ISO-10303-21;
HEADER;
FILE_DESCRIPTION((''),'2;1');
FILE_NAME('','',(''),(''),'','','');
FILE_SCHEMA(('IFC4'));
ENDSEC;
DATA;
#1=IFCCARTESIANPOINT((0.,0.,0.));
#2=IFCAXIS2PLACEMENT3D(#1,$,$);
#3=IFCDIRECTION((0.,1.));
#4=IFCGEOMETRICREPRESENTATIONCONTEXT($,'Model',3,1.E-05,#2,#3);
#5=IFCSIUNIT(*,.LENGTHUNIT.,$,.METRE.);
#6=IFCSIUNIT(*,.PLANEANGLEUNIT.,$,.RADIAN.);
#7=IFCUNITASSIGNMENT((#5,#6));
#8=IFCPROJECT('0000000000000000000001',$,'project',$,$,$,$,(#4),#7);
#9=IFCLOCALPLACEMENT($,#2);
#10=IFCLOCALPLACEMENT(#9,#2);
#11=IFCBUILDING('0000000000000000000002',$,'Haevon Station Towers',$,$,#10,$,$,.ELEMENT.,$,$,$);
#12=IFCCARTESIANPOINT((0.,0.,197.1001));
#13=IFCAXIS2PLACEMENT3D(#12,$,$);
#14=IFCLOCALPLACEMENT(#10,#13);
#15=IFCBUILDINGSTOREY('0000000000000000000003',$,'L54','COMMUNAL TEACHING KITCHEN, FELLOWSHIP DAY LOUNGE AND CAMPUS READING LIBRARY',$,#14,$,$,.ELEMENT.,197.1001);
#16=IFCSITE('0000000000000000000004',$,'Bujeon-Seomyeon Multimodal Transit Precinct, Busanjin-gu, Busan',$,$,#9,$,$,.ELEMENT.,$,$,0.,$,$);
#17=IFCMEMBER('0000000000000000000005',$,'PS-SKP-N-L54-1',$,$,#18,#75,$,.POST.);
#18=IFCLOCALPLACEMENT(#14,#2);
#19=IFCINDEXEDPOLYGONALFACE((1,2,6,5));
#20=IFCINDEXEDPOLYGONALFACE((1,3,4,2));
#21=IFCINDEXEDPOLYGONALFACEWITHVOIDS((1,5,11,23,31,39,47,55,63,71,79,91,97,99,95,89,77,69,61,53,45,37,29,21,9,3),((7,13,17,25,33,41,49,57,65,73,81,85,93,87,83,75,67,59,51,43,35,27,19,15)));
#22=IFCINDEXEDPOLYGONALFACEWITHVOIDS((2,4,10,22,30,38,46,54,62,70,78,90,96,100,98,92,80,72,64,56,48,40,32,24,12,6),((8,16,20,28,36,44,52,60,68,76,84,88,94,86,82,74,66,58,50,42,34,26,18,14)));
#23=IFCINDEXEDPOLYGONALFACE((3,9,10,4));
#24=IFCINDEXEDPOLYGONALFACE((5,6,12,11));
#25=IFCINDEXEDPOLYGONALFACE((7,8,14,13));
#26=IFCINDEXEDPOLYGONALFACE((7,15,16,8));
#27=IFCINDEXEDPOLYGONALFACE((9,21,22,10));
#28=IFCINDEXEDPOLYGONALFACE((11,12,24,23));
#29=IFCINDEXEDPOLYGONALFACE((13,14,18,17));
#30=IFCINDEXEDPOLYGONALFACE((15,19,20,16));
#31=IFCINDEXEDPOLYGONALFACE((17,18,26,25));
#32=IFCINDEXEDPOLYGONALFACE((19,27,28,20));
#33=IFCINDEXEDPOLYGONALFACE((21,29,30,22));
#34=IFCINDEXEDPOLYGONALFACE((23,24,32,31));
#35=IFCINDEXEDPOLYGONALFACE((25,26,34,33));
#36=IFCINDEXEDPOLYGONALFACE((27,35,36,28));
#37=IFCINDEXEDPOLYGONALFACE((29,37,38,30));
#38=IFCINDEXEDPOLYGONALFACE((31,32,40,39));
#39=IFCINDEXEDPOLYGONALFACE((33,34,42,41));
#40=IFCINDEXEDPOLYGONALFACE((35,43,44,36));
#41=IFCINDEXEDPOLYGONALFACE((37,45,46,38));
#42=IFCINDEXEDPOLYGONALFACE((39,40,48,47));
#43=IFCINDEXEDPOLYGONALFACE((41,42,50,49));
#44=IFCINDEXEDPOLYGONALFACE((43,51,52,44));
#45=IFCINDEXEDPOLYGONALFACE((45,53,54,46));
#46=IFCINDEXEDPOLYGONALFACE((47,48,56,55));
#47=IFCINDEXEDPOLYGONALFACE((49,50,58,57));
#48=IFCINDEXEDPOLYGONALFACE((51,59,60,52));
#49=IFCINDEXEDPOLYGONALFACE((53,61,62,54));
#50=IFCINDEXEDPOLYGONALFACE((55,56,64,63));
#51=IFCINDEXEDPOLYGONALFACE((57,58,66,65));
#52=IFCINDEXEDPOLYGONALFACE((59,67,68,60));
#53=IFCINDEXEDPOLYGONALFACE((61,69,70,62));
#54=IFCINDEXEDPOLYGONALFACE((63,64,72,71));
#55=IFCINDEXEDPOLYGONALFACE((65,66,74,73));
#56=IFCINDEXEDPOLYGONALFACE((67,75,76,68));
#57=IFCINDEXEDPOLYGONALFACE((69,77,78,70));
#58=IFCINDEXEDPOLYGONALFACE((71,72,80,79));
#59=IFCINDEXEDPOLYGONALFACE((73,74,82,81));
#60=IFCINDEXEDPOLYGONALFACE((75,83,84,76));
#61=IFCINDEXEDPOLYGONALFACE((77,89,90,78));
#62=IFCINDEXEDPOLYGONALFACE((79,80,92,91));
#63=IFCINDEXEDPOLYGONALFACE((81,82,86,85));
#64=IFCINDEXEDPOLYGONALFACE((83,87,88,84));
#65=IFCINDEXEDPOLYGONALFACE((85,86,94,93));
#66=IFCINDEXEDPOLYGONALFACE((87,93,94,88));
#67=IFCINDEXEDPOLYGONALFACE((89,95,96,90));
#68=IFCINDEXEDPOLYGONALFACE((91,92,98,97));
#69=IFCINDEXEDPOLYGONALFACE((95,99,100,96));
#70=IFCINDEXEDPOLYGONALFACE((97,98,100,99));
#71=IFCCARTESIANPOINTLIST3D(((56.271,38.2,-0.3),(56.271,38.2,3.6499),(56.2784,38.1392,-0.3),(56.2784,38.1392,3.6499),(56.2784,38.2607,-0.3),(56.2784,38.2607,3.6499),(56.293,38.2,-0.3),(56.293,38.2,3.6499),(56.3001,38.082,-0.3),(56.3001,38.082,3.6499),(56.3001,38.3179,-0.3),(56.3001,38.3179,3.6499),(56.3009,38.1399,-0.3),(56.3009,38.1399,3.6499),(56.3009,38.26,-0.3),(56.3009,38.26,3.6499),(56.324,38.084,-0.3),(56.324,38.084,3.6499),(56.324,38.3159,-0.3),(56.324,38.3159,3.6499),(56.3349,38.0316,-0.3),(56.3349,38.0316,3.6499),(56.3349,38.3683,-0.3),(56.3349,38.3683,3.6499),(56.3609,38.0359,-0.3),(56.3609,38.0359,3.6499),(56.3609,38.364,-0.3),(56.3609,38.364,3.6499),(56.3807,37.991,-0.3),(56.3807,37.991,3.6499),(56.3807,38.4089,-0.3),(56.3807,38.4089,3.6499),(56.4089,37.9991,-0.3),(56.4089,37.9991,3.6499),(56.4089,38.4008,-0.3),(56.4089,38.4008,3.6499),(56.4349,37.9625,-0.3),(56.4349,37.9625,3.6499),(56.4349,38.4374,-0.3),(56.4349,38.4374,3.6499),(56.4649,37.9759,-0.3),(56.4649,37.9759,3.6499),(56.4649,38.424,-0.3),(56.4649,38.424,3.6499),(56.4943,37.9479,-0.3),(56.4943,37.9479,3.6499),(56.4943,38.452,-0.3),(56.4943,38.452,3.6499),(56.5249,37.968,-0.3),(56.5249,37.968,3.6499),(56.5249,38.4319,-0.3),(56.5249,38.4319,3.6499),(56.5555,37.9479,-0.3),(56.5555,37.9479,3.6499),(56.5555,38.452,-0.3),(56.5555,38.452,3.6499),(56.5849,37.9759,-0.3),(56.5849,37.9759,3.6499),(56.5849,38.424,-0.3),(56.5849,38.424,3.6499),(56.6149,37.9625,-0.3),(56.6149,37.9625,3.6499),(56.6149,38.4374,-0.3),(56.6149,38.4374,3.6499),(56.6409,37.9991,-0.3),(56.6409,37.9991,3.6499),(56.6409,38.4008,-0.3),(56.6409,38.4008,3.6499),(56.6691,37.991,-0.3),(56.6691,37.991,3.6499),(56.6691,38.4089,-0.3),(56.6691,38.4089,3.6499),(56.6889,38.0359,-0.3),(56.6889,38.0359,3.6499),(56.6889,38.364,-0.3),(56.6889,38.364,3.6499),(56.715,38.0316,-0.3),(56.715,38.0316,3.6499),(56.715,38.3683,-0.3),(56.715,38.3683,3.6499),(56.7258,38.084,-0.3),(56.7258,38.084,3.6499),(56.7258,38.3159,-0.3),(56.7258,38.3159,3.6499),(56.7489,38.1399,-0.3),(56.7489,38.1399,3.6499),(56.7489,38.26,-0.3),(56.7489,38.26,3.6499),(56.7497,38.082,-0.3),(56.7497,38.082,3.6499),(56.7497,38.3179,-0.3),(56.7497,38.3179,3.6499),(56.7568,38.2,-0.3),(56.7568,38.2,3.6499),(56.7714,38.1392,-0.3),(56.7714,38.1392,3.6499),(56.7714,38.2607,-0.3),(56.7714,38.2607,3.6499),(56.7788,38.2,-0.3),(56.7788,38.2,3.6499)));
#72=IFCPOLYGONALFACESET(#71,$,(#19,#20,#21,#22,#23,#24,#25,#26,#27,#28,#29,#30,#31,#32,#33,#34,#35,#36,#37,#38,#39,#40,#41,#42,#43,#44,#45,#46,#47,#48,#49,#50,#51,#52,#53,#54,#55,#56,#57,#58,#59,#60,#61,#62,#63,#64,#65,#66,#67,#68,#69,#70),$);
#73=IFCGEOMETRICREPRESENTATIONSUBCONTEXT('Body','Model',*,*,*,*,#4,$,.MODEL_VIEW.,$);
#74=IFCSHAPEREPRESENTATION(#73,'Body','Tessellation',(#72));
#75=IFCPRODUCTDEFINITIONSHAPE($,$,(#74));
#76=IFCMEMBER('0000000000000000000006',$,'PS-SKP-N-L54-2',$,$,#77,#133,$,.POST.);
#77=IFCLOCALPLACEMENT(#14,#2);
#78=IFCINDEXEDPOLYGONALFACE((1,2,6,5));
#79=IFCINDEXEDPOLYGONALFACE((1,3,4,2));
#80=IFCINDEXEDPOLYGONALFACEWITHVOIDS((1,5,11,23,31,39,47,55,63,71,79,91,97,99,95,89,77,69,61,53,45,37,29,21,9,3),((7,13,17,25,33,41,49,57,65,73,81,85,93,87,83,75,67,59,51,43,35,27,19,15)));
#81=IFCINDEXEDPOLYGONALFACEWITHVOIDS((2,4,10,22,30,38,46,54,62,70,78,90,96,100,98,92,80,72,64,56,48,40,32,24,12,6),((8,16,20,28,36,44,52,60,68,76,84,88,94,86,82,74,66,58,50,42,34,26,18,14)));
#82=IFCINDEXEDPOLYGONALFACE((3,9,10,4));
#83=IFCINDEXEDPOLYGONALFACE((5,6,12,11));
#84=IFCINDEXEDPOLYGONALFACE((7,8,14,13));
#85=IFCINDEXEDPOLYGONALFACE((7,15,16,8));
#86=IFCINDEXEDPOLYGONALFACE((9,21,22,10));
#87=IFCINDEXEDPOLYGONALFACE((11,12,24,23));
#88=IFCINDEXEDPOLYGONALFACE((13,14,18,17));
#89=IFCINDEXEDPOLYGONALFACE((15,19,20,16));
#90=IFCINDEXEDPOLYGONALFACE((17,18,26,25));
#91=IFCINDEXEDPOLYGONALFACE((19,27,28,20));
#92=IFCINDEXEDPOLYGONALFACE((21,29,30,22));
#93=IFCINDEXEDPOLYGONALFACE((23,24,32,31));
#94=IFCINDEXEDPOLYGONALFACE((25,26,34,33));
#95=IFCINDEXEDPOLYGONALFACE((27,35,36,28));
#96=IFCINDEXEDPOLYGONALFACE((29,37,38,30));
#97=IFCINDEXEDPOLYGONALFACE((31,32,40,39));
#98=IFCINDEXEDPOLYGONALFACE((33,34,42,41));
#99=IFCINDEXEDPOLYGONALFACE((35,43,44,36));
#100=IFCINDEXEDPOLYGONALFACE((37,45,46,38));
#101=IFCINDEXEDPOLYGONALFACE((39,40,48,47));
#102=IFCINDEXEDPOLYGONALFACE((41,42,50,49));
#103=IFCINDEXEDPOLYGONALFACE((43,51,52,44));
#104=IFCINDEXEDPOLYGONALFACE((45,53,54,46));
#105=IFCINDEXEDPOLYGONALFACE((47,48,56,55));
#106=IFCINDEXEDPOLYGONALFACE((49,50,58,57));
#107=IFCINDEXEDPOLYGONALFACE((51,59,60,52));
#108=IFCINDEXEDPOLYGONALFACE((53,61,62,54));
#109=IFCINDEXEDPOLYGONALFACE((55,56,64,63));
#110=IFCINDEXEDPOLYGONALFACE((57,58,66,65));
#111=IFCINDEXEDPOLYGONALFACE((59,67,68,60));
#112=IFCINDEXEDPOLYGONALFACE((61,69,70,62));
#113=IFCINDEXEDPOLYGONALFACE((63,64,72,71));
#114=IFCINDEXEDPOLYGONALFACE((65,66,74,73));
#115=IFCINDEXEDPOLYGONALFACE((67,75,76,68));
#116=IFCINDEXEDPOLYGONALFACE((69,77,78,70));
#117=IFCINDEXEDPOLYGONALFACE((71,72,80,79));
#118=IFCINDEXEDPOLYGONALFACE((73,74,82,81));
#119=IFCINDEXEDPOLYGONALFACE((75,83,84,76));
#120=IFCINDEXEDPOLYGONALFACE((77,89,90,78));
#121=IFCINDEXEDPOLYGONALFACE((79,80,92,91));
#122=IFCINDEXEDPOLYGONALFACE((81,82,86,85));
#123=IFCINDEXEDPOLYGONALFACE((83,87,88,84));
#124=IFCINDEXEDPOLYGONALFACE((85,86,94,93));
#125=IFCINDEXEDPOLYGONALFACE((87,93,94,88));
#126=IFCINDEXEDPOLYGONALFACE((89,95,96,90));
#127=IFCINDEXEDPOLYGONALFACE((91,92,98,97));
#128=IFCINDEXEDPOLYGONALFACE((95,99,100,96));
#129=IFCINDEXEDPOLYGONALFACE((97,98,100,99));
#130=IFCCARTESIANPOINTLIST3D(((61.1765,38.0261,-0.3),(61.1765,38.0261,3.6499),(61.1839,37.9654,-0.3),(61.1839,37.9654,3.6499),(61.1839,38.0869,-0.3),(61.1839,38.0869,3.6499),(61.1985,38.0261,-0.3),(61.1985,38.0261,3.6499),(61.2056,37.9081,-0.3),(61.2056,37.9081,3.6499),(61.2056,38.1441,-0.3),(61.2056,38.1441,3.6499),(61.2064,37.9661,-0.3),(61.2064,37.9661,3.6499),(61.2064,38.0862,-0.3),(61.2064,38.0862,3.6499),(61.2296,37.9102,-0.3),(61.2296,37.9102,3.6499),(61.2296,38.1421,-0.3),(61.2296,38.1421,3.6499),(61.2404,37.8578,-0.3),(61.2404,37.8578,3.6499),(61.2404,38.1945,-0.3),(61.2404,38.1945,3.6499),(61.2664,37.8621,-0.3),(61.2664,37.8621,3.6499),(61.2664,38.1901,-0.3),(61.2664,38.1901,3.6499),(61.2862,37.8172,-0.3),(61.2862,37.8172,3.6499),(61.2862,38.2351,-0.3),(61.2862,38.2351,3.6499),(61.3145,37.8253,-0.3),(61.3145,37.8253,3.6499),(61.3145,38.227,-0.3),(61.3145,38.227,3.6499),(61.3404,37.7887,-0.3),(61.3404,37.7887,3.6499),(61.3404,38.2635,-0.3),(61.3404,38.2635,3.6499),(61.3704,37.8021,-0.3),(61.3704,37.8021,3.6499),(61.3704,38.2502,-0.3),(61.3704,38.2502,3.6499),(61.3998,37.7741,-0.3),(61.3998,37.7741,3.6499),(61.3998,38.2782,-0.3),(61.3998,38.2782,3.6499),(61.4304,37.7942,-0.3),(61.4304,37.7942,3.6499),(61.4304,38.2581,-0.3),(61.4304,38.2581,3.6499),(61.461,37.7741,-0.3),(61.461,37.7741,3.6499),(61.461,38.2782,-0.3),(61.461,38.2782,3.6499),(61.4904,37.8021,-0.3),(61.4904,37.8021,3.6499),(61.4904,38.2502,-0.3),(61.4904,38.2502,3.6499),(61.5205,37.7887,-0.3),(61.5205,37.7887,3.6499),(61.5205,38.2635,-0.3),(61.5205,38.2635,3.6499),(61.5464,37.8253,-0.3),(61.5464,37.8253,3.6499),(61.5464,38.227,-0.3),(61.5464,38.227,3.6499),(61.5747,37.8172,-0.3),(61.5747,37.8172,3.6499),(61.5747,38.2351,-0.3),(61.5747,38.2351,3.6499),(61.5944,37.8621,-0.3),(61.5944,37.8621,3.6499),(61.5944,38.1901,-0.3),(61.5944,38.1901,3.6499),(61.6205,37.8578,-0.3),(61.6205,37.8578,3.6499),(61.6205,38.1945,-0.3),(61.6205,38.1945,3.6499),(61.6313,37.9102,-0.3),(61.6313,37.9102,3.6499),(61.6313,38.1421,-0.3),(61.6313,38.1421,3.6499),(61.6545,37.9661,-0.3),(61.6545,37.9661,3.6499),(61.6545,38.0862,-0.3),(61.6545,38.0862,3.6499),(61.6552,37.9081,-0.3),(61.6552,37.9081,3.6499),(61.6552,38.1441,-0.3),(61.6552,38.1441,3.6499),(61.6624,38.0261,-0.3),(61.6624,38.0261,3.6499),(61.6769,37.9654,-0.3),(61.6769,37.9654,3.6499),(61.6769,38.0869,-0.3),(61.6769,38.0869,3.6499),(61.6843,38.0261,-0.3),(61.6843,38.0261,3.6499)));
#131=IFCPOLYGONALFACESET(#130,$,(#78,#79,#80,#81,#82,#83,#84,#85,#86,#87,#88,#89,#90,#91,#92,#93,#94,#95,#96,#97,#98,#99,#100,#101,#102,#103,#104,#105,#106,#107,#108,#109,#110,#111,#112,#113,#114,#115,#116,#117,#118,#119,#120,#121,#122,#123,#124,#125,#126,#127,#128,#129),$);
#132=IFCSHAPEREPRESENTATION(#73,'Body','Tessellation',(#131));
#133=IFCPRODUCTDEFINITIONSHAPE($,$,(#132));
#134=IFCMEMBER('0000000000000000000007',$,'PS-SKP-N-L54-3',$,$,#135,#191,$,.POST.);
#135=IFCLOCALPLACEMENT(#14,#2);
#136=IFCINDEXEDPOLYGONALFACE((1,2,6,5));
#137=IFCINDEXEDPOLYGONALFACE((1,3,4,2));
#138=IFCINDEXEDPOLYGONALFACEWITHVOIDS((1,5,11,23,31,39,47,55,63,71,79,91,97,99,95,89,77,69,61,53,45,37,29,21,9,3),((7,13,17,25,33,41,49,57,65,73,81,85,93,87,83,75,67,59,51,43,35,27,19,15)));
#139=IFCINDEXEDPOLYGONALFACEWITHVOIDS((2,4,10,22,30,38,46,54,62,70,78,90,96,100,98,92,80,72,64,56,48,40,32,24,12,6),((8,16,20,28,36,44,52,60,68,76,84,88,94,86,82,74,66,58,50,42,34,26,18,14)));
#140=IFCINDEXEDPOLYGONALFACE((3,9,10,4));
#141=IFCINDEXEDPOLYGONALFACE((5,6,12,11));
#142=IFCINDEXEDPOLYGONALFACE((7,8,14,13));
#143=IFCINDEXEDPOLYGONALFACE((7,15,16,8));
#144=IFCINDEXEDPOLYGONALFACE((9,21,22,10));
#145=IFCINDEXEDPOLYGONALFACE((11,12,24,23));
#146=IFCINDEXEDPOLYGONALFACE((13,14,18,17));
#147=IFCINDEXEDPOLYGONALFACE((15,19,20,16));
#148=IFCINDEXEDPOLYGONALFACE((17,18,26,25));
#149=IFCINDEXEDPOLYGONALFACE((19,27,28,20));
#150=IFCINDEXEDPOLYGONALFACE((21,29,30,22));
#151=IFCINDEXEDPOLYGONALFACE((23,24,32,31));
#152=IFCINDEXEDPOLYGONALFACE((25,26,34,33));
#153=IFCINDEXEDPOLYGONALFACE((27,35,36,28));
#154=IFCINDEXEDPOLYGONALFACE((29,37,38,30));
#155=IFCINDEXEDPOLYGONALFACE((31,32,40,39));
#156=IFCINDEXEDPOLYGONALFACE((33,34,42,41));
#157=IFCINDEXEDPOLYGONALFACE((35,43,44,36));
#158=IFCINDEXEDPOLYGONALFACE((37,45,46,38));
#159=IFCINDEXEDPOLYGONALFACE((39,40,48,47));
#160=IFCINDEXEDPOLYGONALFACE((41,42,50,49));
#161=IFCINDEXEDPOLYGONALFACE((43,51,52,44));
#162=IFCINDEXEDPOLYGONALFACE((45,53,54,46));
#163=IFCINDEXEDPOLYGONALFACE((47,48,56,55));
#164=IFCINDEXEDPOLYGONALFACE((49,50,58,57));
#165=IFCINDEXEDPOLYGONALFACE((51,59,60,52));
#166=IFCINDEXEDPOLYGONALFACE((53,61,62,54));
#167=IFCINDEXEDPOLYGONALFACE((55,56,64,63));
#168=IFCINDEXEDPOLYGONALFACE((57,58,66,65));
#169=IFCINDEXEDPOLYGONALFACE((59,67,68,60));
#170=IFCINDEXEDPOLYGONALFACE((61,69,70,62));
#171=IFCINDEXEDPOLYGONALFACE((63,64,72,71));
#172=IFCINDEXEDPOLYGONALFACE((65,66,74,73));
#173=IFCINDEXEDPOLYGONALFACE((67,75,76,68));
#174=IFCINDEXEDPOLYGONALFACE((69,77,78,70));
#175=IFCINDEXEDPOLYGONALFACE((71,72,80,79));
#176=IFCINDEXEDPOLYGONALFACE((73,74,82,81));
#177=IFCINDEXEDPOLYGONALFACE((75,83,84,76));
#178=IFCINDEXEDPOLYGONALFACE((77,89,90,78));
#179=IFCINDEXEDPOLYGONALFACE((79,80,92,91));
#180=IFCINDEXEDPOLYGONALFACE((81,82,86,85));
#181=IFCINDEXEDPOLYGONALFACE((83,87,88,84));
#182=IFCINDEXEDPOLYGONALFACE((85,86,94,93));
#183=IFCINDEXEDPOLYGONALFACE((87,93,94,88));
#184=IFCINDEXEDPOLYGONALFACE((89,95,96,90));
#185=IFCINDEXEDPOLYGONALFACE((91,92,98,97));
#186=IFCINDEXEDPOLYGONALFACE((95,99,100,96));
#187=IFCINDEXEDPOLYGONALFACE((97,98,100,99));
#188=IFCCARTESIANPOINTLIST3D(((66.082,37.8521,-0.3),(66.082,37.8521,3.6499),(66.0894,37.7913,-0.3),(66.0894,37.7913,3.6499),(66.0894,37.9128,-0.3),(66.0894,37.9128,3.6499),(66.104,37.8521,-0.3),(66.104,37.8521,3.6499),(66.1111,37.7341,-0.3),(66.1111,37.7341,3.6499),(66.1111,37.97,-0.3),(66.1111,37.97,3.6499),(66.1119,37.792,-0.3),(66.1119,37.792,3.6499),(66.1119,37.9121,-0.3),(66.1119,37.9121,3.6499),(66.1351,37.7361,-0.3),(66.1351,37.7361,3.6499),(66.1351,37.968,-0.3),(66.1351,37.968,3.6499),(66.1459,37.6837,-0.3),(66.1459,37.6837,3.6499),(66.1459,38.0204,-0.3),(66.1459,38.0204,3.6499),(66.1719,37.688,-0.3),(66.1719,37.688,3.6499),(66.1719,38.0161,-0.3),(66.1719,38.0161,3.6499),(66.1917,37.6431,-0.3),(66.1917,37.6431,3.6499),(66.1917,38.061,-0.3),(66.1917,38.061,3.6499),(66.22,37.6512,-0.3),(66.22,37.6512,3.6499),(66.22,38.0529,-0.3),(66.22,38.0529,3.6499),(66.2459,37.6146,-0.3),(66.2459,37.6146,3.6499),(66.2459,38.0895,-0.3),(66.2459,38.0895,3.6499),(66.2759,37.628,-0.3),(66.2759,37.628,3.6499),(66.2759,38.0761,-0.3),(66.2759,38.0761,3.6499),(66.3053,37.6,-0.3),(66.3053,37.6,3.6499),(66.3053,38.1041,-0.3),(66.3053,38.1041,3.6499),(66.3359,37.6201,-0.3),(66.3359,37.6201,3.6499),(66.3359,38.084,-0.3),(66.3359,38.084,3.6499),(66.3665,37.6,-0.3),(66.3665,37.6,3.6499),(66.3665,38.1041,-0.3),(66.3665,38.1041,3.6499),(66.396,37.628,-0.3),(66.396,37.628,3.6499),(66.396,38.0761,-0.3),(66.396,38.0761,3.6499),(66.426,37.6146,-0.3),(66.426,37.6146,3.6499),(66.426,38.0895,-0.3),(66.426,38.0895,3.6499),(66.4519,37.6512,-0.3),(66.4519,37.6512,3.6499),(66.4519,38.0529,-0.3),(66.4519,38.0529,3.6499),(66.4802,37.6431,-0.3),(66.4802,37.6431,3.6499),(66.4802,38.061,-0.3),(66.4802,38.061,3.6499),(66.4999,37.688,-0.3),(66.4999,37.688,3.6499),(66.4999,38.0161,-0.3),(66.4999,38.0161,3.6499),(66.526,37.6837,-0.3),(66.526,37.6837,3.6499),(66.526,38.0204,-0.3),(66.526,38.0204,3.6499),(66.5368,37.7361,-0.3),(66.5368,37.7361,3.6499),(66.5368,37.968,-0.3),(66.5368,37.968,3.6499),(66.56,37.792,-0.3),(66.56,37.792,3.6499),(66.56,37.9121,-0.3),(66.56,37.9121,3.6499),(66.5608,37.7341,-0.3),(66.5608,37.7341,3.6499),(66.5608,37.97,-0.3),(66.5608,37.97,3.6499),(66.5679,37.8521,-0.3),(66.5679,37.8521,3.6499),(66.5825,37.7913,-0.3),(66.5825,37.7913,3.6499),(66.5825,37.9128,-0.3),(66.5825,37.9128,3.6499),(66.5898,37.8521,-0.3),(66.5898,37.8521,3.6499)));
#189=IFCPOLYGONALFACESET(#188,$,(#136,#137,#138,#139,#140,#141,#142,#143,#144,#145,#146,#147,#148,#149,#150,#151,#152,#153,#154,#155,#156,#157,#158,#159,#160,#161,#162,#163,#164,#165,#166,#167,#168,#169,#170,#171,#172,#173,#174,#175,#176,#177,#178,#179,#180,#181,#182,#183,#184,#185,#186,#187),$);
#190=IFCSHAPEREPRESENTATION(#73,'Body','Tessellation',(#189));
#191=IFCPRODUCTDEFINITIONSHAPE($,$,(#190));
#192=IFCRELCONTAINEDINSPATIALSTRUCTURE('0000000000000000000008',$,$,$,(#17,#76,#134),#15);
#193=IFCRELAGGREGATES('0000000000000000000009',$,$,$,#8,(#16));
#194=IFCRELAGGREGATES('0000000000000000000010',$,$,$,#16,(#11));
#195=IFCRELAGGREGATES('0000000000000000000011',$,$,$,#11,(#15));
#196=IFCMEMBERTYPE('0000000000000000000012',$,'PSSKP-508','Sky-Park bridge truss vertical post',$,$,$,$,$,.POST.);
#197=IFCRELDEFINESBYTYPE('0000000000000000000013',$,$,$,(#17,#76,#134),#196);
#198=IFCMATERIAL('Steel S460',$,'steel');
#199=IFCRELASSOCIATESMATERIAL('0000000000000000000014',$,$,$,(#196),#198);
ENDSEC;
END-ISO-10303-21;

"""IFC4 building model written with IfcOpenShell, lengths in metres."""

from ifc_helpers import new_model, si_unit, direction, frame, origin, origin_2d, place, context, subcontext, project, spatial, hollow_circle, extrude, material, material_profile, profile_set, type_object, element, save


model = new_model("IFC4")

# Units and contexts
model_context = context("Model", 3, precision=1e-05, world=origin(), true_north=direction((0.0, 1.0)))
body_context = subcontext(model_context, "Body", "Model", "MODEL_VIEW")
ifc_project = project(units=[si_unit("LENGTHUNIT", "METRE"), si_unit("PLANEANGLEUNIT", "RADIAN")], contexts=[model_context])

# Site, building, storey
site_placement = place(None, origin())
site = spatial("IfcSite", under=ifc_project, at=site_placement, Name="Bujeon-Seomyeon Multimodal Transit Precinct, Busanjin-gu, Busan", CompositionType="ELEMENT", RefElevation=0.0)
building_placement = place(site_placement, origin())
building = spatial("IfcBuilding", under=site, at=building_placement, Name="Haevon Station Towers", CompositionType="ELEMENT")
storey_placement = place(building_placement, frame((0.0, 0.0, 197.1001)))
storey = spatial("IfcBuildingStorey", under=building, at=storey_placement, Name="L54", Description="COMMUNAL TEACHING KITCHEN, FELLOWSHIP DAY LOUNGE AND CAMPUS READING LIBRARY", CompositionType="ELEMENT", Elevation=197.1001)

# Shared definitions
ifc_material_1 = material(Name="Steel S460", Category="steel")

# Members
ifc_material_profile_1 = material_profile(ifc_material_1, hollow_circle(Radius=0.2539, WallThickness=0.022, at=origin_2d()), Name="CHS-508x22")
ifc_profile_set_1 = profile_set([ifc_material_profile_1], Name="Steel S460")
member_type_1 = type_object("IfcMemberType", Name="PSSKP-508", Description="Sky-Park bridge truss vertical post", PredefinedType="POST", material=ifc_profile_set_1)
for number, where, z_axis, x_axis, name in (
    (1, (56.5249, 38.2, -0.3), (0.0, 0.0, 1.0), (1.0, 0.0, 0.0), "PS-SKP-N-L54-1"),
    (2, (61.4304, 38.0261, -0.3), (0.0, 0.0, 1.0), (1.0, 0.0, 0.0), "PS-SKP-N-L54-2"),
    (3, (66.3359, 37.8521, -0.3), (0.0, 0.0, 1.0), (1.0, 0.0, 0.0), "PS-SKP-N-L54-3"),
):
    element("IfcMember", number, at=place(storey_placement, frame(where, z_axis=z_axis, x_axis=x_axis)), inside=storey, type_object=member_type_1, Name=name, PredefinedType="POST", context=body_context, shape_type="SweptSolid", body=[
        extrude(hollow_circle(Radius=0.2539, WallThickness=0.022, at=origin_2d()), origin(), (0.0, 0.0, 1.0), 3.95),
    ])

save(model, "model.ifc")
